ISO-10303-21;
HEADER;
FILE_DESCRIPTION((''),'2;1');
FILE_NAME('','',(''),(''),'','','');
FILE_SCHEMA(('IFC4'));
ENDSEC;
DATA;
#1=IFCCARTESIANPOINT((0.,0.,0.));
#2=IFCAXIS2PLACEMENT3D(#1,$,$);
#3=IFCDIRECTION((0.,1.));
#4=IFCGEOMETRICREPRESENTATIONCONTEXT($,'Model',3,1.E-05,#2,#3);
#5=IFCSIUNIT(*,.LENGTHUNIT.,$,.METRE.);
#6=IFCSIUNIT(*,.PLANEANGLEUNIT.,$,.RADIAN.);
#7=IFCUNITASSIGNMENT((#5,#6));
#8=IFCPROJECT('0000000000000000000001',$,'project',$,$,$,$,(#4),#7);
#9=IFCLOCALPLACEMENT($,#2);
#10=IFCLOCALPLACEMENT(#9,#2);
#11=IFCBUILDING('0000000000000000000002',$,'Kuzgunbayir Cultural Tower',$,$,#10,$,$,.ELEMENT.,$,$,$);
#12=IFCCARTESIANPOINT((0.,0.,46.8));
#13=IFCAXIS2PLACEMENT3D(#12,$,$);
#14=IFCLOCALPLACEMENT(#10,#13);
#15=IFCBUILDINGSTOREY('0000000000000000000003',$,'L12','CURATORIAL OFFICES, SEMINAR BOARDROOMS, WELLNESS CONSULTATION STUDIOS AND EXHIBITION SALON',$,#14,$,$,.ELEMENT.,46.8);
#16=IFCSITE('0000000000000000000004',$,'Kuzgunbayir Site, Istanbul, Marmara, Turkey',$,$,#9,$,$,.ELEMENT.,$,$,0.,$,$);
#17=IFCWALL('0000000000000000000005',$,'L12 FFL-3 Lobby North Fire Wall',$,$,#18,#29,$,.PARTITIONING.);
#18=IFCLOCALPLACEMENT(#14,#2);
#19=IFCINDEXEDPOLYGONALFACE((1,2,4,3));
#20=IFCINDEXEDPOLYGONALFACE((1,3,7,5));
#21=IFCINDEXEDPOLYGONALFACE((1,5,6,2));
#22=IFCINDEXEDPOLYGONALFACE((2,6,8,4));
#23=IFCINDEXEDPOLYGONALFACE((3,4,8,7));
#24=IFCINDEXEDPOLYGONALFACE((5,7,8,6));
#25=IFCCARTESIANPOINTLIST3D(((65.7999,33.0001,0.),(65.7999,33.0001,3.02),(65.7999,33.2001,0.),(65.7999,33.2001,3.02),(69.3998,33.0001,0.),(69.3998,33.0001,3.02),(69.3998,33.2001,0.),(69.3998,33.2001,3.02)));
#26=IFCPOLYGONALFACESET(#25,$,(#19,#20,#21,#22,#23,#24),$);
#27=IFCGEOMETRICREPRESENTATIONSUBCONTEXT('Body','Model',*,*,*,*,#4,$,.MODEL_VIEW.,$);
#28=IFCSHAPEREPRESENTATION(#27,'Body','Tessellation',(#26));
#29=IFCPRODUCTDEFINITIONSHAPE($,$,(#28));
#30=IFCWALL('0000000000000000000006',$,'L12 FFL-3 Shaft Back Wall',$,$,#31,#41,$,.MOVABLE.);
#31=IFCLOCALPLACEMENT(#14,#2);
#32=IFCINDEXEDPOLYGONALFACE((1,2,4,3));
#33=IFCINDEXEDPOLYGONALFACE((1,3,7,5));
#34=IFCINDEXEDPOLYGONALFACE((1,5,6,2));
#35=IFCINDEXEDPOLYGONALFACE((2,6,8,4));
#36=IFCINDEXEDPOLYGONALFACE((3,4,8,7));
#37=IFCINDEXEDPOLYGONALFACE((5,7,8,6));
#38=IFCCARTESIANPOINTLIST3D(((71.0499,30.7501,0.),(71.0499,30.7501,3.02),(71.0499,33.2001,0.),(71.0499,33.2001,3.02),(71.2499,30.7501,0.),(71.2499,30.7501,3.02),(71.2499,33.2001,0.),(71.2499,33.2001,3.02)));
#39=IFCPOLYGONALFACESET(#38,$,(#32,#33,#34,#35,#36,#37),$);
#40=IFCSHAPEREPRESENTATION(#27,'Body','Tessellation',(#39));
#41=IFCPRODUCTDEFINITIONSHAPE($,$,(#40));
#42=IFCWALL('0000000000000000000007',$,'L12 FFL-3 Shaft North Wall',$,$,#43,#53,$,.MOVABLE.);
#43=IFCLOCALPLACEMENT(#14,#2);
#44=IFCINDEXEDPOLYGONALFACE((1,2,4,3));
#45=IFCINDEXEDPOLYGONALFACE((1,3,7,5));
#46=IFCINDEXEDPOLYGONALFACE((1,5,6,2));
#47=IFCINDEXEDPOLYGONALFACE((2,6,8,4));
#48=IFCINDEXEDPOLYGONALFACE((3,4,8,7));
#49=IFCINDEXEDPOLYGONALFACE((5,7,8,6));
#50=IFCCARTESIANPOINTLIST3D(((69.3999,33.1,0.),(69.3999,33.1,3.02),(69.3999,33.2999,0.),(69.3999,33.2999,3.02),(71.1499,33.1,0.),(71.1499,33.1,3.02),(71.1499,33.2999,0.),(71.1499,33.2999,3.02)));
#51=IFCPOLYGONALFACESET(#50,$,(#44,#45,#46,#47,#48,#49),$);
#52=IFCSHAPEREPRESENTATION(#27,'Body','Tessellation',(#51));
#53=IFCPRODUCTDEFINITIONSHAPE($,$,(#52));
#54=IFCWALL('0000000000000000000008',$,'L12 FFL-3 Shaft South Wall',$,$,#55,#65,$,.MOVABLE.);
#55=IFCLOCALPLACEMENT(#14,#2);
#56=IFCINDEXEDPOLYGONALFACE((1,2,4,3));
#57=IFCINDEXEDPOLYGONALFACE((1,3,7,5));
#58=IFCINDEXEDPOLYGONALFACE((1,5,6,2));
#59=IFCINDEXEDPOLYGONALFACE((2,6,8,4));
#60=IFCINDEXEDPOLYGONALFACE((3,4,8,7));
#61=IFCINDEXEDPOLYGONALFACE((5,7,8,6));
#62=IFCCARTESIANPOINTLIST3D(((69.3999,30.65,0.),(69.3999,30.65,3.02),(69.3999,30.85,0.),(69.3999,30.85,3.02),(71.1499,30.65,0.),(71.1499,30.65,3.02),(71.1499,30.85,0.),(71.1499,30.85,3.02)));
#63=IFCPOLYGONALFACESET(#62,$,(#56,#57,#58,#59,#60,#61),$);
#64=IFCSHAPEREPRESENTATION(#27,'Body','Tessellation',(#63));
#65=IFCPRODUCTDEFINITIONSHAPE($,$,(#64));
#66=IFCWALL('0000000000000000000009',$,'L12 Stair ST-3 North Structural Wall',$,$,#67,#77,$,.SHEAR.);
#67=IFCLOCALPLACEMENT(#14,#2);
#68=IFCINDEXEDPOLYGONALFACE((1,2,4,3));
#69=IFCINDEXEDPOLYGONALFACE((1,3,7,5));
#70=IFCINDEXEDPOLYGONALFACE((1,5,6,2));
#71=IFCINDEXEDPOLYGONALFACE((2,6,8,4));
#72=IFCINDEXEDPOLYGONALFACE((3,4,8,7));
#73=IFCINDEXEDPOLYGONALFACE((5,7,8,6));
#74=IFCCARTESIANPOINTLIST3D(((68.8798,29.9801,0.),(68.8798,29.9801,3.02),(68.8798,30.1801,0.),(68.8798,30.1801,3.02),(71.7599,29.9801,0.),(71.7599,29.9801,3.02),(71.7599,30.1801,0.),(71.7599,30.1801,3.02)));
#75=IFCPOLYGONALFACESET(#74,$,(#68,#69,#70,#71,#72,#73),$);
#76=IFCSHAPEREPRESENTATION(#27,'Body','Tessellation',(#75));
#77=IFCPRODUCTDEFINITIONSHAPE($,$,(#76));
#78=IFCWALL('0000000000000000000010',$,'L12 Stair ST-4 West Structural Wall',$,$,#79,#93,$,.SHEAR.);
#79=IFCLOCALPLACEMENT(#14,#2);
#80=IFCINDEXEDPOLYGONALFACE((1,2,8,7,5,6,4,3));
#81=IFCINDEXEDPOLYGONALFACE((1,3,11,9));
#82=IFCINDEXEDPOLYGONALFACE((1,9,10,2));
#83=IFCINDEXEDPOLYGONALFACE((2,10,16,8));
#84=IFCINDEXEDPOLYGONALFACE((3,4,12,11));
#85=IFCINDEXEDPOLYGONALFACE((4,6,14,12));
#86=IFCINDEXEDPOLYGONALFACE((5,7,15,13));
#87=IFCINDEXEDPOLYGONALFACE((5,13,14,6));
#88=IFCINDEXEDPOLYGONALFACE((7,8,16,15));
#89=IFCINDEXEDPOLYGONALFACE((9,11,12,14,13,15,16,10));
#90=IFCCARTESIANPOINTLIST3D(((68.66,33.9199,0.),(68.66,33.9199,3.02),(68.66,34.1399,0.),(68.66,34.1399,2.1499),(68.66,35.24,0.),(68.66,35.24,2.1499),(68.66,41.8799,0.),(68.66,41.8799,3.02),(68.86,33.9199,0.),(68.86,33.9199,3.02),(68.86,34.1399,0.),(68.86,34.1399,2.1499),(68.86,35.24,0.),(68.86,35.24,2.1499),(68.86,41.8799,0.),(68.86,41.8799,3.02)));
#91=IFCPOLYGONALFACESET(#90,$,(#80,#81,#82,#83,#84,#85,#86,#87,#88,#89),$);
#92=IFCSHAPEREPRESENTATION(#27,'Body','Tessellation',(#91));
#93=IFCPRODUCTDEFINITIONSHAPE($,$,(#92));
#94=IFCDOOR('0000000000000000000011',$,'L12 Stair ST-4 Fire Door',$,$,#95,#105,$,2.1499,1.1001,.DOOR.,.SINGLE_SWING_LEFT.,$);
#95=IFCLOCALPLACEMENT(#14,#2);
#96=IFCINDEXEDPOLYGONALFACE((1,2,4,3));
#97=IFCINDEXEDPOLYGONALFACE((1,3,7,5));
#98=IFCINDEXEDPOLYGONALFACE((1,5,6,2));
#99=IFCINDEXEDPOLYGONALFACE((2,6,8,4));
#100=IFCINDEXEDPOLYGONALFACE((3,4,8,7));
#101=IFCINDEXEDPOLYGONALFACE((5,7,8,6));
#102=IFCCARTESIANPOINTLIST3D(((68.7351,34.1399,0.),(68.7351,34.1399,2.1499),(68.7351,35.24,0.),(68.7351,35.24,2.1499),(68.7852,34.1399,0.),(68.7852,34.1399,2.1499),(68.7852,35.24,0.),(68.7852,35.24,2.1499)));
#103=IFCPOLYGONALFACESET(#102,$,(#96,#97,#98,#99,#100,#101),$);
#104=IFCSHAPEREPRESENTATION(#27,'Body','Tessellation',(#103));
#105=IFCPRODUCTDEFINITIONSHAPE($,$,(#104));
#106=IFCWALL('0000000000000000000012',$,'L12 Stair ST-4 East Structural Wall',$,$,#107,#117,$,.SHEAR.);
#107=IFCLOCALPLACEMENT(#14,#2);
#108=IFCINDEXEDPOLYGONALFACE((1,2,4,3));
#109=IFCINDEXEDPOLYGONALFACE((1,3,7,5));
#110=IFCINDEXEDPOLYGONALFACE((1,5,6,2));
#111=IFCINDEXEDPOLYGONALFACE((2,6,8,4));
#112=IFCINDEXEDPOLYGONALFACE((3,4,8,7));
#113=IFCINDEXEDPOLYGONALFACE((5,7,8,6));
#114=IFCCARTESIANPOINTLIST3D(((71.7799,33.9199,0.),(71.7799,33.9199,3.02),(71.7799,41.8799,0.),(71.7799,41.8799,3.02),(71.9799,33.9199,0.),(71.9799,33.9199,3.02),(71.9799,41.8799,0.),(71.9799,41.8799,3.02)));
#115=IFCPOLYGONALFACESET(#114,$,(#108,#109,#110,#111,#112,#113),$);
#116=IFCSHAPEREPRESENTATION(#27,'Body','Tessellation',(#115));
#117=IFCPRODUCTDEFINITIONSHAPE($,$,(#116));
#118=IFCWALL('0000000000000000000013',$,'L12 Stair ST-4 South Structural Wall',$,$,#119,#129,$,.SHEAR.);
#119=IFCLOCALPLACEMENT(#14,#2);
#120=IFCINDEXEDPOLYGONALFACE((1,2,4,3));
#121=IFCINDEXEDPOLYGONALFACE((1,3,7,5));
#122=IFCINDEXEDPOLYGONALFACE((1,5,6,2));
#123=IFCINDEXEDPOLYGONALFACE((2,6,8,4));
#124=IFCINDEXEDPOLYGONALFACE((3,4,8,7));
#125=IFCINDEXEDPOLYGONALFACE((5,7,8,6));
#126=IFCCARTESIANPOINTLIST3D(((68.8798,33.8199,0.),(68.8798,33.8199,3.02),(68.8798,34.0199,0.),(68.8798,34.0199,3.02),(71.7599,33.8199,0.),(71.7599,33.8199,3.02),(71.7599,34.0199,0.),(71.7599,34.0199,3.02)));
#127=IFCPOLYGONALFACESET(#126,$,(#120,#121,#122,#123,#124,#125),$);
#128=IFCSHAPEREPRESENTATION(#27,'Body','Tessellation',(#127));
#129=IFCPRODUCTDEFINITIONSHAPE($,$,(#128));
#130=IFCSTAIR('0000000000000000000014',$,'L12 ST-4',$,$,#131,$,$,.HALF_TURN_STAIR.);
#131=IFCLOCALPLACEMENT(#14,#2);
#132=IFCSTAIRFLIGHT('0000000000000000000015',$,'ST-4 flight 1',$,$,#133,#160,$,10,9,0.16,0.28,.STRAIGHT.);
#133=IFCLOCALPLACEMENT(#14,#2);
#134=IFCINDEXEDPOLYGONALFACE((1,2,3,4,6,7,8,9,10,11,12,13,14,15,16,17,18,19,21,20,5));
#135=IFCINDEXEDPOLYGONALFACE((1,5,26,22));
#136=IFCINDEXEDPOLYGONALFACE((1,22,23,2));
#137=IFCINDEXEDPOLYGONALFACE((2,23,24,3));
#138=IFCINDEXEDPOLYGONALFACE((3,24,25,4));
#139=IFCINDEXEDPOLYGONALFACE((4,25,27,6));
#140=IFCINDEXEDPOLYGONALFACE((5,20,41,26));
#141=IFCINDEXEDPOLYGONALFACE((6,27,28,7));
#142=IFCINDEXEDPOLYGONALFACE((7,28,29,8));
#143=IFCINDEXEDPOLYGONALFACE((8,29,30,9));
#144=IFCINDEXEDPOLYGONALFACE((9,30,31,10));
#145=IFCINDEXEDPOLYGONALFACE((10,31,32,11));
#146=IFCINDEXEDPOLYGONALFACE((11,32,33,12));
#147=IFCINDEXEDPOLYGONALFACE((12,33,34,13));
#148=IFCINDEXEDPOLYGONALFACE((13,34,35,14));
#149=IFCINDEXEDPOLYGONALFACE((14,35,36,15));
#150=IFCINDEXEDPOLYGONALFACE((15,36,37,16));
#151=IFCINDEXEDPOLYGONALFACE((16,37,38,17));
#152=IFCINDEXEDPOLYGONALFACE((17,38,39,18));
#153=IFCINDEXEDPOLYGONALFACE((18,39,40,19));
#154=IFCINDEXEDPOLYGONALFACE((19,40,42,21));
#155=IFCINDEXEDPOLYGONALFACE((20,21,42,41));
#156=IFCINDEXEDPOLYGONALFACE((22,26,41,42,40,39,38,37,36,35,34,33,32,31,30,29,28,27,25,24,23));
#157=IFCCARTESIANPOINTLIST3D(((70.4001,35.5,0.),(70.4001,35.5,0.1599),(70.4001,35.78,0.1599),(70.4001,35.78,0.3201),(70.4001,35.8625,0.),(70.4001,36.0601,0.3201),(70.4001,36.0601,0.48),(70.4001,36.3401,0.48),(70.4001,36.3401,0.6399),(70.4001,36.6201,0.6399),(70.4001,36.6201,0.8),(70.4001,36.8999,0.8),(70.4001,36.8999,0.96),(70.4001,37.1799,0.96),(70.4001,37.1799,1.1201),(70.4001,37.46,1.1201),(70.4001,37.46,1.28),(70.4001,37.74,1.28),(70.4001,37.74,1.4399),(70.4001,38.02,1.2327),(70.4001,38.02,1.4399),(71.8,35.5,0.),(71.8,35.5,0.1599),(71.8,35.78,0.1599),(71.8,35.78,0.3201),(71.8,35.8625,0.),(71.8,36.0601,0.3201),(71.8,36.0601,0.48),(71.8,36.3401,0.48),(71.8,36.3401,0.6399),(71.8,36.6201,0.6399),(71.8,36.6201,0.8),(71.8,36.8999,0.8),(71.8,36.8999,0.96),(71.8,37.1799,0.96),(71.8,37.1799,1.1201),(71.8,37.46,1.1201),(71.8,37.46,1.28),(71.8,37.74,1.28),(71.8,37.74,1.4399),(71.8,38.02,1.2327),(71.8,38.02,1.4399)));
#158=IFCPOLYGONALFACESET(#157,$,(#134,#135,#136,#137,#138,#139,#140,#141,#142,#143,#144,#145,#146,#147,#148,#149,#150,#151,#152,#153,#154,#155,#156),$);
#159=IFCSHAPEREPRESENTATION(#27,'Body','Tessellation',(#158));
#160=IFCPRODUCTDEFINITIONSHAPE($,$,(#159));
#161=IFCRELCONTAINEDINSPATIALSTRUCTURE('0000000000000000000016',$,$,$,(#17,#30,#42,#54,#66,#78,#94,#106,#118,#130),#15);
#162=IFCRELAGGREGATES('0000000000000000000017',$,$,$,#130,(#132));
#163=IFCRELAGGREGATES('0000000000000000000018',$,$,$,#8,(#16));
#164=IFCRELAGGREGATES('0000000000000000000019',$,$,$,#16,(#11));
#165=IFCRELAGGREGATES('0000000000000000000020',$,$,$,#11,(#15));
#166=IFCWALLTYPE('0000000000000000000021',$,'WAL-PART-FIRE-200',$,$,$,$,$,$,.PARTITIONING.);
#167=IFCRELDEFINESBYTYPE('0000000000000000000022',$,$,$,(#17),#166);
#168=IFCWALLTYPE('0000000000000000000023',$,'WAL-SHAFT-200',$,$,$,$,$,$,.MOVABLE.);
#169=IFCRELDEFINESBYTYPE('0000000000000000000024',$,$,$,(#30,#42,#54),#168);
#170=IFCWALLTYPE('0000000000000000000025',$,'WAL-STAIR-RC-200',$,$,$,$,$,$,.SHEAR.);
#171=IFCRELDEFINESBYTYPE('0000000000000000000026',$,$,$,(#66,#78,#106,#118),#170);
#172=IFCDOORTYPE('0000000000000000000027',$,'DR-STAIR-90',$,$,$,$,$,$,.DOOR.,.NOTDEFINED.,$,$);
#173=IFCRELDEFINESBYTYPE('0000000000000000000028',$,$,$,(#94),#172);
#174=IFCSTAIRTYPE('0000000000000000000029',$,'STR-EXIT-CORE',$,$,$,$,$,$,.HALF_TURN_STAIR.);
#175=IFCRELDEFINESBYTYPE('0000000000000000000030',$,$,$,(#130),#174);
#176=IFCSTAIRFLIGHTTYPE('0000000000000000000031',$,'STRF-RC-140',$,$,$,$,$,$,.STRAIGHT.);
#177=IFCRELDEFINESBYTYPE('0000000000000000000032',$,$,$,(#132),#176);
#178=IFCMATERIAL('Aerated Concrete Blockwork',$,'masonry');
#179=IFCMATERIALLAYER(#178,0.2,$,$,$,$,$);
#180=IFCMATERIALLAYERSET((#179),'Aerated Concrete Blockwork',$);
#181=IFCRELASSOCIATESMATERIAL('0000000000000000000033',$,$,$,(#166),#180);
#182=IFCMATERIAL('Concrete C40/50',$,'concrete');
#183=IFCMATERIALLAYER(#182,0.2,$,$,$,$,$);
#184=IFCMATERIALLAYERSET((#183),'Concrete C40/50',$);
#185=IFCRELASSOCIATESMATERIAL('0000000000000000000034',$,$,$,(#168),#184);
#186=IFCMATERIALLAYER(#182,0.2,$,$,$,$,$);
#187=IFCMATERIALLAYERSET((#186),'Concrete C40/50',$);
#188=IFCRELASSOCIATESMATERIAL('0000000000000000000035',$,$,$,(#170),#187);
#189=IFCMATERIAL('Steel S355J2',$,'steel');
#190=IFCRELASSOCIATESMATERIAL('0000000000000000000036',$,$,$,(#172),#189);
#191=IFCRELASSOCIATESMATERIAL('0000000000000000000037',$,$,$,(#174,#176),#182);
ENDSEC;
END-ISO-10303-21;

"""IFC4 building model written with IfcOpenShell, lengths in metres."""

from ifc_helpers import new_model, si_unit, direction, frame, frame_2d, origin, place, context, subcontext, project, spatial, polyline, rectangle, outline, extrude, material, layer, layer_set, type_object, element, fill, aggregate, save


model = new_model("IFC4")

# Units and contexts
model_context = context("Model", 3, precision=1e-05, world=origin(), true_north=direction((0.0, 1.0)))
body_context = subcontext(model_context, "Body", "Model", "MODEL_VIEW")
ifc_project = project(units=[si_unit("LENGTHUNIT", "METRE"), si_unit("PLANEANGLEUNIT", "RADIAN")], contexts=[model_context])

# Site, building, storey
site_placement = place(None, origin())
site = spatial("IfcSite", under=ifc_project, at=site_placement, Name="Kuzgunbayir Site, Istanbul, Marmara, Turkey", CompositionType="ELEMENT", RefElevation=0.0)
building_placement = place(site_placement, origin())
building = spatial("IfcBuilding", under=site, at=building_placement, Name="Kuzgunbayir Cultural Tower", CompositionType="ELEMENT")
storey_placement = place(building_placement, frame((0.0, 0.0, 46.8)))
storey = spatial("IfcBuildingStorey", under=building, at=storey_placement, Name="L12", Description="CURATORIAL OFFICES, SEMINAR BOARDROOMS, WELLNESS CONSULTATION STUDIOS AND EXHIBITION SALON", CompositionType="ELEMENT", Elevation=46.8)

# Shared definitions
ifc_material_1 = material(Name="Steel S355J2", Category="steel")

# Wall
ifc_material_2 = material(Name="Aerated Concrete Blockwork", Category="masonry")
ifc_layer_1 = layer(ifc_material_2, 0.2)
ifc_layer_set_1 = layer_set([ifc_layer_1], Name="Aerated Concrete Blockwork")
wall_type_1 = type_object("IfcWallType", Name="WAL-PART-FIRE-200", PredefinedType="PARTITIONING", material=ifc_layer_set_1)
wall_1_placement = place(storey_placement, frame((65.8, 33.1001, 0.0), z_axis=(0.0, 0.0, 1.0), x_axis=(1.0, 0.0, 0.0)))
element("IfcWall", 1, at=wall_1_placement, inside=storey, type_object=wall_type_1, Name="L12 FFL-3 Lobby North Fire Wall", PredefinedType="PARTITIONING", context=body_context, shape_type="SweptSolid", body=[
    extrude(rectangle(XDim=3.5999, YDim=0.2, at=frame_2d((1.7998, 0.0))), origin(), (0.0, 0.0, 1.0), 3.02),
])

# Shared definitions
ifc_material_3 = material(Name="Concrete C40/50", Category="concrete")
ifc_layer_2 = layer(ifc_material_3, 0.2)
ifc_layer_set_2 = layer_set([ifc_layer_2], Name="Concrete C40/50")
wall_type_2 = type_object("IfcWallType", Name="WAL-SHAFT-200", PredefinedType="MOVABLE", material=ifc_layer_set_2)

# Walls
wall_2_placement = place(storey_placement, frame((71.1499, 30.75, 0.0), z_axis=(0.0, 0.0, 1.0), x_axis=(0.0, 1.0, 0.0)))
element("IfcWall", 2, at=wall_2_placement, inside=storey, type_object=wall_type_2, Name="L12 FFL-3 Shaft Back Wall", PredefinedType="MOVABLE", context=body_context, shape_type="SweptSolid", body=[
    extrude(rectangle(XDim=2.45, YDim=0.2, at=frame_2d((1.2251, 0.0))), origin(), (0.0, 0.0, 1.0), 3.02),
])
for number, where, z_axis, x_axis, name in (
    (3, (69.3999, 33.2, 0.0), (0.0, 0.0, 1.0), (1.0, 0.0, 0.0), "L12 FFL-3 Shaft North Wall"),
    (4, (69.3999, 30.75, 0.0), (0.0, 0.0, 1.0), (1.0, 0.0, 0.0), "L12 FFL-3 Shaft South Wall"),
):
    element("IfcWall", number, at=place(storey_placement, frame(where, z_axis=z_axis, x_axis=x_axis)), inside=storey, type_object=wall_type_2, Name=name, PredefinedType="MOVABLE", context=body_context, shape_type="SweptSolid", body=[
        extrude(rectangle(XDim=1.75, YDim=0.2, at=frame_2d((0.875, 0.0))), origin(), (0.0, 0.0, 1.0), 3.02),
    ])
ifc_layer_3 = layer(ifc_material_3, 0.2)
ifc_layer_set_3 = layer_set([ifc_layer_3], Name="Concrete C40/50")
wall_type_3 = type_object("IfcWallType", Name="WAL-STAIR-RC-200", PredefinedType="SHEAR", material=ifc_layer_set_3)
wall_3_placement = place(storey_placement, frame((68.8799, 30.0801, 0.0), z_axis=(0.0, 0.0, 1.0), x_axis=(1.0, 0.0, 0.0)))
element("IfcWall", 5, at=wall_3_placement, inside=storey, type_object=wall_type_3, Name="L12 Stair ST-3 North Structural Wall", PredefinedType="SHEAR", context=body_context, shape_type="SweptSolid", body=[
    extrude(rectangle(XDim=2.8801, YDim=0.2, at=frame_2d((1.4399, 0.0))), origin(), (0.0, 0.0, 1.0), 3.02),
])

# Wall, opening, door
wall_4_placement = place(storey_placement, frame((68.76, 33.9199, 0.0), z_axis=(0.0, 0.0, 1.0), x_axis=(0.0, 1.0, 0.0)))
wall_4 = element("IfcWall", 6, at=wall_4_placement, inside=storey, type_object=wall_type_3, Name="L12 Stair ST-4 West Structural Wall", PredefinedType="SHEAR", context=body_context, shape_type="SweptSolid", body=[
    extrude(rectangle(XDim=7.96, YDim=0.2, at=frame_2d((3.98, 0.0))), origin(), (0.0, 0.0, 1.0), 3.02),
])
opening_1_placement = place(wall_4_placement, frame((0.22, 0.0, 0.0)))
opening_1 = element("IfcOpeningElement", 7, at=opening_1_placement, cuts=wall_4, PredefinedType="OPENING", context=body_context, shape_type="SweptSolid", body=[
    extrude(rectangle(XDim=1.1001, YDim=2.1499, at=frame_2d((0.55, 1.075))), frame((0.0, 0.1099, 0.0), z_axis=(0.0, -1.0, 0.0), x_axis=(1.0, 0.0, 0.0)), (0.0, 0.0, 1.0), 0.22),
])
door_type_1 = type_object("IfcDoorType", Name="DR-STAIR-90", OperationType="NOTDEFINED", PredefinedType="DOOR", material=ifc_material_1)
door_1_placement = place(opening_1_placement, origin())
door_1 = element("IfcDoor", 8, at=door_1_placement, inside=storey, type_object=door_type_1, Name="L12 Stair ST-4 Fire Door", OperationType="SINGLE_SWING_LEFT", OverallHeight=2.1499, OverallWidth=1.1001, PredefinedType="DOOR", context=body_context, shape_type="SweptSolid", body=[
    extrude(rectangle(XDim=1.1001, YDim=2.1499, at=frame_2d((0.55, 1.075))), frame((0.0, 0.0249, 0.0), z_axis=(0.0, -1.0, 0.0), x_axis=(1.0, 0.0, 0.0)), (0.0, 0.0, 1.0), 0.05),
])
fill(opening_1, door_1)

# Walls
wall_5_placement = place(storey_placement, frame((71.8799, 33.9199, 0.0), z_axis=(0.0, 0.0, 1.0), x_axis=(0.0, 1.0, 0.0)))
element("IfcWall", 9, at=wall_5_placement, inside=storey, type_object=wall_type_3, Name="L12 Stair ST-4 East Structural Wall", PredefinedType="SHEAR", context=body_context, shape_type="SweptSolid", body=[
    extrude(rectangle(XDim=7.96, YDim=0.2, at=frame_2d((3.98, 0.0))), origin(), (0.0, 0.0, 1.0), 3.02),
])
wall_6_placement = place(storey_placement, frame((68.8799, 33.9199, 0.0), z_axis=(0.0, 0.0, 1.0), x_axis=(1.0, 0.0, 0.0)))
element("IfcWall", 10, at=wall_6_placement, inside=storey, type_object=wall_type_3, Name="L12 Stair ST-4 South Structural Wall", PredefinedType="SHEAR", context=body_context, shape_type="SweptSolid", body=[
    extrude(rectangle(XDim=2.8801, YDim=0.2, at=frame_2d((1.4399, 0.0))), origin(), (0.0, 0.0, 1.0), 3.02),
])

# Stair, stair flight
stair_type = type_object("IfcStairType", Name="STR-EXIT-CORE", PredefinedType="HALF_TURN_STAIR", material=ifc_material_3)
stair_placement = place(storey_placement, origin())
stair = element("IfcStair", 11, at=stair_placement, inside=storey, type_object=stair_type, Name="L12 ST-4", PredefinedType="HALF_TURN_STAIR")
stair_flight_type = type_object("IfcStairFlightType", Name="STRF-RC-140", PredefinedType="STRAIGHT", material=ifc_material_3)
stair_flight_placement = place(storey_placement, frame((71.1001, 35.5, 0.0), z_axis=(0.0, 0.0, 1.0), x_axis=(0.0, 1.0, 0.0)))
stair_flight = element("IfcStairFlight", 12, at=stair_flight_placement, type_object=stair_flight_type, Name="ST-4 flight 1", NumberOfRisers=10, NumberOfTreads=9, PredefinedType="STRAIGHT", RiserHeight=0.16, TreadLength=0.28, context=body_context, shape_type="SweptSolid", body=[
    extrude(outline(polyline([(0.0, 0.0), (0.0, 0.1599), (0.28, 0.1599), (0.28, 0.3201), (0.5601, 0.3201), (0.5601, 0.48), (0.8401, 0.48), (0.8401, 0.6399), (1.1201, 0.6399), (1.1201, 0.8), (1.3999, 0.8), (1.3999, 0.96), (1.6799, 0.96), (1.6799, 1.1201), (1.96, 1.1201), (1.96, 1.28), (2.24, 1.28), (2.24, 1.4399), (2.52, 1.4399), (2.52, 1.6001), (2.52, 1.2327), (0.3625, 0.0), (0.0, 0.0)])), frame((0.0, 0.7, 0.0), z_axis=(0.0, -1.0, 0.0), x_axis=(1.0, 0.0, 0.0)), (0.0, 0.0, 1.0), 1.3999),
])
aggregate(stair, [stair_flight])

save(model, "model.ifc")
